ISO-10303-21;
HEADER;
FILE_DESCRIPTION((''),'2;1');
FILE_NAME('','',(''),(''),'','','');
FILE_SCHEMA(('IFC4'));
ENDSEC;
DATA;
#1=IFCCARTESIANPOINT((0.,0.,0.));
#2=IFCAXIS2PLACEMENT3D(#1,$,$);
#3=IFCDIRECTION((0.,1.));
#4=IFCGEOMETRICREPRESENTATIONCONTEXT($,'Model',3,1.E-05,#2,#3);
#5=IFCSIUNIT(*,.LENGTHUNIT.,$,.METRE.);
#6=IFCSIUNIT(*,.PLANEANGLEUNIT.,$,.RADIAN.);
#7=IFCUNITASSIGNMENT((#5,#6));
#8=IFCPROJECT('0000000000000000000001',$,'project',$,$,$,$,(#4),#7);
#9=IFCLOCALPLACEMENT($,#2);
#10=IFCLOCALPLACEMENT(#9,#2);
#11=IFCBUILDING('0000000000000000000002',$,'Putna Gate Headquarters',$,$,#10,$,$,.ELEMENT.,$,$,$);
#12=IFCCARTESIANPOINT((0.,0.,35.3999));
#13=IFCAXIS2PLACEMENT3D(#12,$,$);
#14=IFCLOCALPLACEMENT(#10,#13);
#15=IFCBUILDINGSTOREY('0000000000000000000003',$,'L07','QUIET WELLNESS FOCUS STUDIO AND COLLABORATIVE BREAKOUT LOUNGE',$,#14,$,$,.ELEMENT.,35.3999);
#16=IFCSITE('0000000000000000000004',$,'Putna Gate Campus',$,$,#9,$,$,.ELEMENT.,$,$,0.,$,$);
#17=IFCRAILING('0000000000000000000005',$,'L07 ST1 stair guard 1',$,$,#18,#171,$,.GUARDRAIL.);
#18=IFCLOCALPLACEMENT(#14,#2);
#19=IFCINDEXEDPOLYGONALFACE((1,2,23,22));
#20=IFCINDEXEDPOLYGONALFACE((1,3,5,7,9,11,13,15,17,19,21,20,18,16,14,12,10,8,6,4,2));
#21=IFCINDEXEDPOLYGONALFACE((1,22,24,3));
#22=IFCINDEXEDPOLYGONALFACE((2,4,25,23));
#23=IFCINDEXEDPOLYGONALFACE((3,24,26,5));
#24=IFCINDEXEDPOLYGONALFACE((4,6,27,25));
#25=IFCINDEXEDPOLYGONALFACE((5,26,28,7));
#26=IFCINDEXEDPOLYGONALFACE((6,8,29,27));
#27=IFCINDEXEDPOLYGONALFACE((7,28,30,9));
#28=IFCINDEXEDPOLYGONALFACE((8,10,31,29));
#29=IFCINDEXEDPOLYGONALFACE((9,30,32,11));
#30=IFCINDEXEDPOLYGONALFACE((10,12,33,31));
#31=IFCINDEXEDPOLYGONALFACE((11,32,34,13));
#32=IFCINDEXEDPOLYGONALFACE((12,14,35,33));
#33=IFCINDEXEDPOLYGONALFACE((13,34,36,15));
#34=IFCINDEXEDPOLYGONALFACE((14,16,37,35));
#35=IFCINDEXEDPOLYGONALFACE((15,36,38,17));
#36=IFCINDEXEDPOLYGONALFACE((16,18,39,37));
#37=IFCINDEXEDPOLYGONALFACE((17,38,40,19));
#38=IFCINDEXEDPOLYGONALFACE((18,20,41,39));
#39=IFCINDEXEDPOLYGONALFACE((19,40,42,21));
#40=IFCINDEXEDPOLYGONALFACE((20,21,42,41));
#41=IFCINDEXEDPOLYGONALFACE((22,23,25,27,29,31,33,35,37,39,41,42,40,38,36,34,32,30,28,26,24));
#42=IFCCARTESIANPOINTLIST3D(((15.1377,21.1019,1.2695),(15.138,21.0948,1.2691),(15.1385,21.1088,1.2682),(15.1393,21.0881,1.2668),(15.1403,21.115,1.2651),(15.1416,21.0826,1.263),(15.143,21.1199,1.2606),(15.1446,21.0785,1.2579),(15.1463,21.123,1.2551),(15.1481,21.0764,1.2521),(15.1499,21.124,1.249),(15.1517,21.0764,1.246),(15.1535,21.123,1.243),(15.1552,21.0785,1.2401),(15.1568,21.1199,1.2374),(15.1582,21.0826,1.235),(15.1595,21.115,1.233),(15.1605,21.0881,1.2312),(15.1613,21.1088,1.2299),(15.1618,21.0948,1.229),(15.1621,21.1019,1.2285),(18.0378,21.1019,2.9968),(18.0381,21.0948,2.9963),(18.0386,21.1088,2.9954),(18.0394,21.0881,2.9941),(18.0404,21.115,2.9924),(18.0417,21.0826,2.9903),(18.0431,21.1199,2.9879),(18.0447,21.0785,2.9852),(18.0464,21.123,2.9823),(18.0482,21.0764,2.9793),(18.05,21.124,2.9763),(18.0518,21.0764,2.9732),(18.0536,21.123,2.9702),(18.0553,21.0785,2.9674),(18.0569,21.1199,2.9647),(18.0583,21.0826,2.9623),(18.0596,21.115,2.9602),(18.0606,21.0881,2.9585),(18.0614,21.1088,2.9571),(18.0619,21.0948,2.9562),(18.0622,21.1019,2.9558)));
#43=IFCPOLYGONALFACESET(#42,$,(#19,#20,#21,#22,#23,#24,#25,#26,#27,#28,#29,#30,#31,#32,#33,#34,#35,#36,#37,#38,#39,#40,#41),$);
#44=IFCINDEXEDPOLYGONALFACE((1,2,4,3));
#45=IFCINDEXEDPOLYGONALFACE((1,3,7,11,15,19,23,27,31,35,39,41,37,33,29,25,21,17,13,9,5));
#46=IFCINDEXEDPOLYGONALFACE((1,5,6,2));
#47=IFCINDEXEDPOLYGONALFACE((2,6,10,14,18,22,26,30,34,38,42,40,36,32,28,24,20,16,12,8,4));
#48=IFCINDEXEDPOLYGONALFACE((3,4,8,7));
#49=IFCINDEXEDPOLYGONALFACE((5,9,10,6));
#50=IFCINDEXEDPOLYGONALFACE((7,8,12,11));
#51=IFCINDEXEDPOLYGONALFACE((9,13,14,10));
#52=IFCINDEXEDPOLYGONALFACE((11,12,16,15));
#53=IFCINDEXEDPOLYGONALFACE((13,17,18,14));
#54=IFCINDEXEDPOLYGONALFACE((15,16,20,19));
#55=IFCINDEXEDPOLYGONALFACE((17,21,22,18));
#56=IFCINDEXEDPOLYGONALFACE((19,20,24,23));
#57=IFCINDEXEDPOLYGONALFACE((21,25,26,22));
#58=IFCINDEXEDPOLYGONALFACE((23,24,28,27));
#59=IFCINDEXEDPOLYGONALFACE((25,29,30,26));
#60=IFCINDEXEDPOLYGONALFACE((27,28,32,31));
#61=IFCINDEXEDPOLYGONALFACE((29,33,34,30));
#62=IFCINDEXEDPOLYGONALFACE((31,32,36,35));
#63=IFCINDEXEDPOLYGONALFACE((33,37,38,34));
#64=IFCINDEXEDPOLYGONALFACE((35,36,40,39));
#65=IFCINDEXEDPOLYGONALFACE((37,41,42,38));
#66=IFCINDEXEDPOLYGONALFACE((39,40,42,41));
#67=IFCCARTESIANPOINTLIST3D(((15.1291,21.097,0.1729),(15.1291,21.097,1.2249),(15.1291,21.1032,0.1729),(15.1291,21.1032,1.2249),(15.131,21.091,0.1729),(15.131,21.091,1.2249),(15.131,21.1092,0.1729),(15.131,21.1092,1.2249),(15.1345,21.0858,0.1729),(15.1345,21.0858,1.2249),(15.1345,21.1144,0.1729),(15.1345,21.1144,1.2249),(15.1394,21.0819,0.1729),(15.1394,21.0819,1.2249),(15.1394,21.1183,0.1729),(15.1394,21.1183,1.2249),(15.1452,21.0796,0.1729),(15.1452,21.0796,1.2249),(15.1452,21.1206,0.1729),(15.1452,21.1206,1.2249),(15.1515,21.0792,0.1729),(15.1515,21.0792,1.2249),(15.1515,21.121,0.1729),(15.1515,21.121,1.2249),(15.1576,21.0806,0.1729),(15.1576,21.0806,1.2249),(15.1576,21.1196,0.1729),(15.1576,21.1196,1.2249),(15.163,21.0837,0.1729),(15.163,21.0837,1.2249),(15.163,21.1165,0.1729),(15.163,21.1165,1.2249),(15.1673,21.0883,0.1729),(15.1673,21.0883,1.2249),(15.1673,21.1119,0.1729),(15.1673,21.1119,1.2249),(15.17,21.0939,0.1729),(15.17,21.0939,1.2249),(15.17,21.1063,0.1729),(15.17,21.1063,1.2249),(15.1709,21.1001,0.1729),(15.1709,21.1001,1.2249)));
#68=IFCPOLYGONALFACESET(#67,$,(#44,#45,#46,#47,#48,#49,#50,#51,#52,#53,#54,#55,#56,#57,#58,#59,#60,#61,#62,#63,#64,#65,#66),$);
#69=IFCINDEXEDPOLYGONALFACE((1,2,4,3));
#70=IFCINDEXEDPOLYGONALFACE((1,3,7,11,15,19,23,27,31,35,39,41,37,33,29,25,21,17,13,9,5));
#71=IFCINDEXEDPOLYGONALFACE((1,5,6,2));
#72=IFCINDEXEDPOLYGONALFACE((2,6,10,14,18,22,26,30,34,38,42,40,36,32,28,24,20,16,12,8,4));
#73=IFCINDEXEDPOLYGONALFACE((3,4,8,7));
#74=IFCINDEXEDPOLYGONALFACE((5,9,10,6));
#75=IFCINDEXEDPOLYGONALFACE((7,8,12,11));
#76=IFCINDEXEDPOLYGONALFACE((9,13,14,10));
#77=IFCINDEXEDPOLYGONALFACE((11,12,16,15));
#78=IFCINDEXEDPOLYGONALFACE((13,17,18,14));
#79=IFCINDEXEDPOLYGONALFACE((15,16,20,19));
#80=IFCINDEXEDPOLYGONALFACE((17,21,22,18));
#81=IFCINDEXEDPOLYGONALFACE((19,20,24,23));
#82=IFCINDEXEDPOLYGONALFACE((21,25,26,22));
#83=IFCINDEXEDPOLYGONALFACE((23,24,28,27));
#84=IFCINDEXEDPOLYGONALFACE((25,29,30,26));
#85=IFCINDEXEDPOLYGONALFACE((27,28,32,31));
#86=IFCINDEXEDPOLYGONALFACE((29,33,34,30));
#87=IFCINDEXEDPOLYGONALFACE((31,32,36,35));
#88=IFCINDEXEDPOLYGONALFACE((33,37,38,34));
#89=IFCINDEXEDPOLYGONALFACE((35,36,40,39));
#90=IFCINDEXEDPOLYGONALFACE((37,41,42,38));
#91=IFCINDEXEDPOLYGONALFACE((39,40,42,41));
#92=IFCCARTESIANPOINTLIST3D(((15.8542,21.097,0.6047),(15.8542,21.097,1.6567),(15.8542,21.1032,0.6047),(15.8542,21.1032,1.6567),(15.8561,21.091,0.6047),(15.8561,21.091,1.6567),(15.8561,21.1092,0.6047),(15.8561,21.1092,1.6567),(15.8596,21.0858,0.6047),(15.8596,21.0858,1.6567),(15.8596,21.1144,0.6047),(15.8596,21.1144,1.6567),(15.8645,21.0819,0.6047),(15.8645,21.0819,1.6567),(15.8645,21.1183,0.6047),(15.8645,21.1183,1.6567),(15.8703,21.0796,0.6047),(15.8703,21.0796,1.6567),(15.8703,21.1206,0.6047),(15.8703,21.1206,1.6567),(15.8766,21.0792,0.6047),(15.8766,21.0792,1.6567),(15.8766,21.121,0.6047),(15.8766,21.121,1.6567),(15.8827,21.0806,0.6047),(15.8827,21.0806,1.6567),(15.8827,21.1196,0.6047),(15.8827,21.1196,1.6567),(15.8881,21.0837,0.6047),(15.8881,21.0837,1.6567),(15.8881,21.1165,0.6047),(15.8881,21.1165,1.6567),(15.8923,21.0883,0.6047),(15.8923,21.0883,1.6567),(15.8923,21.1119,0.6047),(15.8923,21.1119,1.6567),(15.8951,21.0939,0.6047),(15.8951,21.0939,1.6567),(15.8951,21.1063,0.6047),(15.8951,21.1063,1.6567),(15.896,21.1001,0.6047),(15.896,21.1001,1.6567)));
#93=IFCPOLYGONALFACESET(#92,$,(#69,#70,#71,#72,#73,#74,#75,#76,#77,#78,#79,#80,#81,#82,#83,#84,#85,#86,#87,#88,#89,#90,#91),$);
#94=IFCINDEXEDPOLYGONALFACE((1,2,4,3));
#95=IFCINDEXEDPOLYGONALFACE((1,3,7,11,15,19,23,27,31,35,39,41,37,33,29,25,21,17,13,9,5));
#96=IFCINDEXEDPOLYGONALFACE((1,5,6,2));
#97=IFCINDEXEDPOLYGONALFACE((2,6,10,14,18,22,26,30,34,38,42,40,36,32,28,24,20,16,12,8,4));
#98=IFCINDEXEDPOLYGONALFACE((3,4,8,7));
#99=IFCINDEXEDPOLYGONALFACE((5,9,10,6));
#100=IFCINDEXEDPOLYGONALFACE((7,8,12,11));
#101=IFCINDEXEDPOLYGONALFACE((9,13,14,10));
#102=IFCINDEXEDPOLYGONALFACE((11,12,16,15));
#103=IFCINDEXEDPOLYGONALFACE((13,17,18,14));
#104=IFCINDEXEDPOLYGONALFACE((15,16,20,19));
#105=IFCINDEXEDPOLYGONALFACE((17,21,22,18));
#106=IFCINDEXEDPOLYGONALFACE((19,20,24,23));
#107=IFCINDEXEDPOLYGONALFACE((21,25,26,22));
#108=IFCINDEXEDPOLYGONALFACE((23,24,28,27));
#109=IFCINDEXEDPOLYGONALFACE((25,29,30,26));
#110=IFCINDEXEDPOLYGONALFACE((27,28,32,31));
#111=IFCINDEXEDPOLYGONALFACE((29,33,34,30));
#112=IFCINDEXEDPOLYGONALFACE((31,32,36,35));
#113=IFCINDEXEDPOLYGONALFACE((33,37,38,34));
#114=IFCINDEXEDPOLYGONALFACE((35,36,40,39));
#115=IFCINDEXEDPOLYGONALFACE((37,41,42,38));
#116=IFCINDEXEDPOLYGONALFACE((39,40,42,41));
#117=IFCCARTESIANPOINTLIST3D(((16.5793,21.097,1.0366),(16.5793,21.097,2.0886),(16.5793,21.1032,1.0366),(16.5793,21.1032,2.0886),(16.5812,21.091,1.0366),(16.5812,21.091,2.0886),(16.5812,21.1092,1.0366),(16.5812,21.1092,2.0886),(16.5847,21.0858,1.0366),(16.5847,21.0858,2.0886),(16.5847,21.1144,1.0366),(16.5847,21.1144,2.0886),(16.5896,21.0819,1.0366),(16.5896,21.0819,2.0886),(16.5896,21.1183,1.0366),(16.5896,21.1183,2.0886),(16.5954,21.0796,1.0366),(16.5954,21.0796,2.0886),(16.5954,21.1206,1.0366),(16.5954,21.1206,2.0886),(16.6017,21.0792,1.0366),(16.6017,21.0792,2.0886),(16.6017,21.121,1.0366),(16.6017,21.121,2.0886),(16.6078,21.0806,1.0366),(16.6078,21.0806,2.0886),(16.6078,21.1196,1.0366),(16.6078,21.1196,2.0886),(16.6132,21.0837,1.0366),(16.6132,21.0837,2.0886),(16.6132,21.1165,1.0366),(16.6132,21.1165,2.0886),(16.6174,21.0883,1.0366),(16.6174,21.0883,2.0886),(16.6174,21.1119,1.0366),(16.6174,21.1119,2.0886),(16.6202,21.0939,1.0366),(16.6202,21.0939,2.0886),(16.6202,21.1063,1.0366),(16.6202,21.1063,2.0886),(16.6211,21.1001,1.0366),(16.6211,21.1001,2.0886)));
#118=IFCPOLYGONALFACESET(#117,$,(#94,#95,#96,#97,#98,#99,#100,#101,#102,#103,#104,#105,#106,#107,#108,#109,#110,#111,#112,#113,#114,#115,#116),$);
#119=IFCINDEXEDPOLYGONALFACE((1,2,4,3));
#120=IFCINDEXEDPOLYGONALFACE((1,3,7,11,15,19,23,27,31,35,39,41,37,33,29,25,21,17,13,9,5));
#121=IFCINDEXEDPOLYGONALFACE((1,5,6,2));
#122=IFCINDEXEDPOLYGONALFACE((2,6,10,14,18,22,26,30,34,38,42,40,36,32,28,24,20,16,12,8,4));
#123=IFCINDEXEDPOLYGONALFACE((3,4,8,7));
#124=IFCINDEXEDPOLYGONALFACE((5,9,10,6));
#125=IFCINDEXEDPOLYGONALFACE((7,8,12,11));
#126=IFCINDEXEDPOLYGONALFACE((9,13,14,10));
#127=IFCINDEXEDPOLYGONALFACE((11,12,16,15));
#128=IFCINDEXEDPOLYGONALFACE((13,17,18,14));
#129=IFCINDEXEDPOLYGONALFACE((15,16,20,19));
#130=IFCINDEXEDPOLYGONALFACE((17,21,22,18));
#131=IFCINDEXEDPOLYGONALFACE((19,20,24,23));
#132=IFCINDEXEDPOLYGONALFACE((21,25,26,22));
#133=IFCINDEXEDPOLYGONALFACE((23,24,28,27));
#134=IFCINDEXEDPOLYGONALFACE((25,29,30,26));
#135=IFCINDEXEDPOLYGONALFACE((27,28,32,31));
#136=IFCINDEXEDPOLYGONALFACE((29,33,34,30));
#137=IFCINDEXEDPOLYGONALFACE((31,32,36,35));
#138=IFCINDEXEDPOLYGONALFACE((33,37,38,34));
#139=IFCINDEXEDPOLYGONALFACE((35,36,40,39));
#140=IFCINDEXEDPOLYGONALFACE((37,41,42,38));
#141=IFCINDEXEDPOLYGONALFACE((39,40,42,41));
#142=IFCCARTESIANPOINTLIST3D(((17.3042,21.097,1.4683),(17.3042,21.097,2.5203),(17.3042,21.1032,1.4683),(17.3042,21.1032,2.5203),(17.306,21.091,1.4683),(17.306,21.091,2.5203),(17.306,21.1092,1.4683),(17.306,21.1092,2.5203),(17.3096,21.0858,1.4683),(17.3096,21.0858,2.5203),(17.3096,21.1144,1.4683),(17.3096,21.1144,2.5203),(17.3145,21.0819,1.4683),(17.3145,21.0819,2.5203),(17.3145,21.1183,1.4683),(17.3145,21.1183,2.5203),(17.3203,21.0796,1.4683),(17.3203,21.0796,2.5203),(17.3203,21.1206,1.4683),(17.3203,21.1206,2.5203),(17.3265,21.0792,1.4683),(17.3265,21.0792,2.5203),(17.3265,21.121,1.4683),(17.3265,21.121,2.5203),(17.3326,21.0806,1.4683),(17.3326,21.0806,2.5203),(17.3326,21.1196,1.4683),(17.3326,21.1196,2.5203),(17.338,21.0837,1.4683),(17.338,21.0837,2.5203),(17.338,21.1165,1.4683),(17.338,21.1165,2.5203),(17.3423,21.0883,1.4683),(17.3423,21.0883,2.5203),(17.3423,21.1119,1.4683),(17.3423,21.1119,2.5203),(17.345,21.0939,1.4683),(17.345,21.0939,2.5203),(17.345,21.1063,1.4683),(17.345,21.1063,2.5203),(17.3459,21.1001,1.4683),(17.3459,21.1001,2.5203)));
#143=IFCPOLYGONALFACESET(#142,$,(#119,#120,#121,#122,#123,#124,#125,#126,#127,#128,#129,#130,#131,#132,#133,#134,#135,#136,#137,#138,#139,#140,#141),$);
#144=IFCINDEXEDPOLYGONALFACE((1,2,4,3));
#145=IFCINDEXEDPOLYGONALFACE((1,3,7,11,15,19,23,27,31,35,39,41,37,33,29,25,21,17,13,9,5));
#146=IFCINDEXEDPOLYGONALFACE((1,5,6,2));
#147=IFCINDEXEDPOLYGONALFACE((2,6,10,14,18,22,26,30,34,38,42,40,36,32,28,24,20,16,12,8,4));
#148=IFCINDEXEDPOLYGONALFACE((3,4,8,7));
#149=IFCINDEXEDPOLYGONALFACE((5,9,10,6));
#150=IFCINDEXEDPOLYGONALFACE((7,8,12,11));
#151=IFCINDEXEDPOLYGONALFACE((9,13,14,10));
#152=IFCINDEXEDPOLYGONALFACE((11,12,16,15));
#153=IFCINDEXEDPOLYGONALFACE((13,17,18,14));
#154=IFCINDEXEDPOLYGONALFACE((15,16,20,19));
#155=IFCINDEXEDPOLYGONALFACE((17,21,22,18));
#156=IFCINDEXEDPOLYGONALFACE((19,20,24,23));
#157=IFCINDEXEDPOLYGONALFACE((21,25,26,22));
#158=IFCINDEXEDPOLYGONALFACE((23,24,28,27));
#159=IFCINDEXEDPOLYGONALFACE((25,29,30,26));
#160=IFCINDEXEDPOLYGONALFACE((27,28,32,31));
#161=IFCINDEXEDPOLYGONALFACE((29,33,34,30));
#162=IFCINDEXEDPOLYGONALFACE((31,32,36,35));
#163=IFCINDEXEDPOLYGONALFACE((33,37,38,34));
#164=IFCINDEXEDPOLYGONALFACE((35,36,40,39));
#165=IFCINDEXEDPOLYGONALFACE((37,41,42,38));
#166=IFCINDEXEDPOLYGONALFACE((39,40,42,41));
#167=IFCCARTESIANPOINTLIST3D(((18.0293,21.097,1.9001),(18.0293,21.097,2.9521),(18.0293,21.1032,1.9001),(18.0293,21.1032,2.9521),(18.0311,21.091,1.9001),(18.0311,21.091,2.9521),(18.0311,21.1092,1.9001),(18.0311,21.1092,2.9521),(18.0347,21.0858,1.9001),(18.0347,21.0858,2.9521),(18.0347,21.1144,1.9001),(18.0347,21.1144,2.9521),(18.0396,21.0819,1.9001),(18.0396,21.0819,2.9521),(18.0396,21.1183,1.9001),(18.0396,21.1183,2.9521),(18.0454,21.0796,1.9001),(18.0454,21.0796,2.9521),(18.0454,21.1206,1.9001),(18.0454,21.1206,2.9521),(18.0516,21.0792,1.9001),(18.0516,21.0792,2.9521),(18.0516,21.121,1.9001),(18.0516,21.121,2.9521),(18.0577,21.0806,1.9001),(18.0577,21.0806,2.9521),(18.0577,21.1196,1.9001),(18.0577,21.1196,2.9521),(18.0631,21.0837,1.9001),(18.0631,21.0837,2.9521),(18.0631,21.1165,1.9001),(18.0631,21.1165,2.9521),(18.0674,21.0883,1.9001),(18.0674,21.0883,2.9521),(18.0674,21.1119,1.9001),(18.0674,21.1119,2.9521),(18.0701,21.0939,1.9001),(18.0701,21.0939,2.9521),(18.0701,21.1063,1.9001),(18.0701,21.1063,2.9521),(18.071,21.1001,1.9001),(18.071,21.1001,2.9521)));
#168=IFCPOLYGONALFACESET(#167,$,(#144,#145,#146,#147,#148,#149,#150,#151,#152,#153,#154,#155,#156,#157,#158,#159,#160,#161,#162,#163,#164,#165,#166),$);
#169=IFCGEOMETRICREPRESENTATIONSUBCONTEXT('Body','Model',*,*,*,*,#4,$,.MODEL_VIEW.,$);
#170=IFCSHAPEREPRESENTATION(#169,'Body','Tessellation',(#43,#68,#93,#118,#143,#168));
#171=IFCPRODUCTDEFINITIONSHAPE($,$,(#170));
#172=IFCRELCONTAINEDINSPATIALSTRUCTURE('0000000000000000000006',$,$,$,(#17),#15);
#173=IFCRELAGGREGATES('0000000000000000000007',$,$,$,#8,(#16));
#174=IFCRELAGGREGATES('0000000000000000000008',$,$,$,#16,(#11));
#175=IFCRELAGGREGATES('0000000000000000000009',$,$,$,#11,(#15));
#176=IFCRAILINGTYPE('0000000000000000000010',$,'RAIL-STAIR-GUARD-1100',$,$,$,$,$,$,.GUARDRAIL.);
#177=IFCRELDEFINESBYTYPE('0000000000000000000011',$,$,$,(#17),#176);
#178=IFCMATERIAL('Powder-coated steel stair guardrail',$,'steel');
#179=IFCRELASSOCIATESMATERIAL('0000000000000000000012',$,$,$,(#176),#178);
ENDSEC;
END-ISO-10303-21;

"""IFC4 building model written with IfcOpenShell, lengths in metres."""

from ifc_helpers import new_model, si_unit, direction, frame, origin, origin_2d, place, context, subcontext, project, spatial, circle, extrude, material, type_object, element, save


model = new_model("IFC4")

# Units and contexts
model_context = context("Model", 3, precision=1e-05, world=origin(), true_north=direction((0.0, 1.0)))
body_context = subcontext(model_context, "Body", "Model", "MODEL_VIEW")
ifc_project = project(units=[si_unit("LENGTHUNIT", "METRE"), si_unit("PLANEANGLEUNIT", "RADIAN")], contexts=[model_context])

# Site, building, storey
site_placement = place(None, origin())
site = spatial("IfcSite", under=ifc_project, at=site_placement, Name="Putna Gate Campus", CompositionType="ELEMENT", RefElevation=0.0)
building_placement = place(site_placement, origin())
building = spatial("IfcBuilding", under=site, at=building_placement, Name="Putna Gate Headquarters", CompositionType="ELEMENT")
storey_placement = place(building_placement, frame((0.0, 0.0, 35.3999)))
storey = spatial("IfcBuildingStorey", under=building, at=storey_placement, Name="L07", Description="QUIET WELLNESS FOCUS STUDIO AND COLLABORATIVE BREAKOUT LOUNGE", CompositionType="ELEMENT", Elevation=35.3999)

# Railing
ifc_material_1 = material(Name="Powder-coated steel stair guardrail", Category="steel")
railing_type_1 = type_object("IfcRailingType", Name="RAIL-STAIR-GUARD-1100", PredefinedType="GUARDRAIL", material=ifc_material_1)
railing_1_placement = place(storey_placement, frame((15.1499, 21.1001, 0.1729)))
element("IfcRailing", 1, at=railing_1_placement, inside=storey, type_object=railing_type_1, Name="L07 ST1 stair guard 1", PredefinedType="GUARDRAIL", context=body_context, shape_type="SweptSolid", body=[
    extrude(circle(Radius=0.0239, at=origin_2d()), frame((0.0, 0.0, 1.0762), z_axis=(0.85916, 0.0, 0.511706), x_axis=(0.0, 1.0, 0.0)), (0.0, 0.0, 1.0), 3.3755),
    extrude(circle(Radius=0.021, at=origin_2d()), origin(), (0.0, 0.0, 1.0), 1.052),
    extrude(circle(Radius=0.021, at=origin_2d()), frame((0.7251, 0.0, 0.4319)), (0.0, 0.0, 1.0), 1.052),
    extrude(circle(Radius=0.021, at=origin_2d()), frame((1.4502, 0.0, 0.8638)), (0.0, 0.0, 1.0), 1.052),
    extrude(circle(Radius=0.021, at=origin_2d()), frame((2.175, 0.0, 1.2954)), (0.0, 0.0, 1.0), 1.052),
    extrude(circle(Radius=0.021, at=origin_2d()), frame((2.9001, 0.0, 1.7273)), (0.0, 0.0, 1.0), 1.052),
])

save(model, "model.ifc")
